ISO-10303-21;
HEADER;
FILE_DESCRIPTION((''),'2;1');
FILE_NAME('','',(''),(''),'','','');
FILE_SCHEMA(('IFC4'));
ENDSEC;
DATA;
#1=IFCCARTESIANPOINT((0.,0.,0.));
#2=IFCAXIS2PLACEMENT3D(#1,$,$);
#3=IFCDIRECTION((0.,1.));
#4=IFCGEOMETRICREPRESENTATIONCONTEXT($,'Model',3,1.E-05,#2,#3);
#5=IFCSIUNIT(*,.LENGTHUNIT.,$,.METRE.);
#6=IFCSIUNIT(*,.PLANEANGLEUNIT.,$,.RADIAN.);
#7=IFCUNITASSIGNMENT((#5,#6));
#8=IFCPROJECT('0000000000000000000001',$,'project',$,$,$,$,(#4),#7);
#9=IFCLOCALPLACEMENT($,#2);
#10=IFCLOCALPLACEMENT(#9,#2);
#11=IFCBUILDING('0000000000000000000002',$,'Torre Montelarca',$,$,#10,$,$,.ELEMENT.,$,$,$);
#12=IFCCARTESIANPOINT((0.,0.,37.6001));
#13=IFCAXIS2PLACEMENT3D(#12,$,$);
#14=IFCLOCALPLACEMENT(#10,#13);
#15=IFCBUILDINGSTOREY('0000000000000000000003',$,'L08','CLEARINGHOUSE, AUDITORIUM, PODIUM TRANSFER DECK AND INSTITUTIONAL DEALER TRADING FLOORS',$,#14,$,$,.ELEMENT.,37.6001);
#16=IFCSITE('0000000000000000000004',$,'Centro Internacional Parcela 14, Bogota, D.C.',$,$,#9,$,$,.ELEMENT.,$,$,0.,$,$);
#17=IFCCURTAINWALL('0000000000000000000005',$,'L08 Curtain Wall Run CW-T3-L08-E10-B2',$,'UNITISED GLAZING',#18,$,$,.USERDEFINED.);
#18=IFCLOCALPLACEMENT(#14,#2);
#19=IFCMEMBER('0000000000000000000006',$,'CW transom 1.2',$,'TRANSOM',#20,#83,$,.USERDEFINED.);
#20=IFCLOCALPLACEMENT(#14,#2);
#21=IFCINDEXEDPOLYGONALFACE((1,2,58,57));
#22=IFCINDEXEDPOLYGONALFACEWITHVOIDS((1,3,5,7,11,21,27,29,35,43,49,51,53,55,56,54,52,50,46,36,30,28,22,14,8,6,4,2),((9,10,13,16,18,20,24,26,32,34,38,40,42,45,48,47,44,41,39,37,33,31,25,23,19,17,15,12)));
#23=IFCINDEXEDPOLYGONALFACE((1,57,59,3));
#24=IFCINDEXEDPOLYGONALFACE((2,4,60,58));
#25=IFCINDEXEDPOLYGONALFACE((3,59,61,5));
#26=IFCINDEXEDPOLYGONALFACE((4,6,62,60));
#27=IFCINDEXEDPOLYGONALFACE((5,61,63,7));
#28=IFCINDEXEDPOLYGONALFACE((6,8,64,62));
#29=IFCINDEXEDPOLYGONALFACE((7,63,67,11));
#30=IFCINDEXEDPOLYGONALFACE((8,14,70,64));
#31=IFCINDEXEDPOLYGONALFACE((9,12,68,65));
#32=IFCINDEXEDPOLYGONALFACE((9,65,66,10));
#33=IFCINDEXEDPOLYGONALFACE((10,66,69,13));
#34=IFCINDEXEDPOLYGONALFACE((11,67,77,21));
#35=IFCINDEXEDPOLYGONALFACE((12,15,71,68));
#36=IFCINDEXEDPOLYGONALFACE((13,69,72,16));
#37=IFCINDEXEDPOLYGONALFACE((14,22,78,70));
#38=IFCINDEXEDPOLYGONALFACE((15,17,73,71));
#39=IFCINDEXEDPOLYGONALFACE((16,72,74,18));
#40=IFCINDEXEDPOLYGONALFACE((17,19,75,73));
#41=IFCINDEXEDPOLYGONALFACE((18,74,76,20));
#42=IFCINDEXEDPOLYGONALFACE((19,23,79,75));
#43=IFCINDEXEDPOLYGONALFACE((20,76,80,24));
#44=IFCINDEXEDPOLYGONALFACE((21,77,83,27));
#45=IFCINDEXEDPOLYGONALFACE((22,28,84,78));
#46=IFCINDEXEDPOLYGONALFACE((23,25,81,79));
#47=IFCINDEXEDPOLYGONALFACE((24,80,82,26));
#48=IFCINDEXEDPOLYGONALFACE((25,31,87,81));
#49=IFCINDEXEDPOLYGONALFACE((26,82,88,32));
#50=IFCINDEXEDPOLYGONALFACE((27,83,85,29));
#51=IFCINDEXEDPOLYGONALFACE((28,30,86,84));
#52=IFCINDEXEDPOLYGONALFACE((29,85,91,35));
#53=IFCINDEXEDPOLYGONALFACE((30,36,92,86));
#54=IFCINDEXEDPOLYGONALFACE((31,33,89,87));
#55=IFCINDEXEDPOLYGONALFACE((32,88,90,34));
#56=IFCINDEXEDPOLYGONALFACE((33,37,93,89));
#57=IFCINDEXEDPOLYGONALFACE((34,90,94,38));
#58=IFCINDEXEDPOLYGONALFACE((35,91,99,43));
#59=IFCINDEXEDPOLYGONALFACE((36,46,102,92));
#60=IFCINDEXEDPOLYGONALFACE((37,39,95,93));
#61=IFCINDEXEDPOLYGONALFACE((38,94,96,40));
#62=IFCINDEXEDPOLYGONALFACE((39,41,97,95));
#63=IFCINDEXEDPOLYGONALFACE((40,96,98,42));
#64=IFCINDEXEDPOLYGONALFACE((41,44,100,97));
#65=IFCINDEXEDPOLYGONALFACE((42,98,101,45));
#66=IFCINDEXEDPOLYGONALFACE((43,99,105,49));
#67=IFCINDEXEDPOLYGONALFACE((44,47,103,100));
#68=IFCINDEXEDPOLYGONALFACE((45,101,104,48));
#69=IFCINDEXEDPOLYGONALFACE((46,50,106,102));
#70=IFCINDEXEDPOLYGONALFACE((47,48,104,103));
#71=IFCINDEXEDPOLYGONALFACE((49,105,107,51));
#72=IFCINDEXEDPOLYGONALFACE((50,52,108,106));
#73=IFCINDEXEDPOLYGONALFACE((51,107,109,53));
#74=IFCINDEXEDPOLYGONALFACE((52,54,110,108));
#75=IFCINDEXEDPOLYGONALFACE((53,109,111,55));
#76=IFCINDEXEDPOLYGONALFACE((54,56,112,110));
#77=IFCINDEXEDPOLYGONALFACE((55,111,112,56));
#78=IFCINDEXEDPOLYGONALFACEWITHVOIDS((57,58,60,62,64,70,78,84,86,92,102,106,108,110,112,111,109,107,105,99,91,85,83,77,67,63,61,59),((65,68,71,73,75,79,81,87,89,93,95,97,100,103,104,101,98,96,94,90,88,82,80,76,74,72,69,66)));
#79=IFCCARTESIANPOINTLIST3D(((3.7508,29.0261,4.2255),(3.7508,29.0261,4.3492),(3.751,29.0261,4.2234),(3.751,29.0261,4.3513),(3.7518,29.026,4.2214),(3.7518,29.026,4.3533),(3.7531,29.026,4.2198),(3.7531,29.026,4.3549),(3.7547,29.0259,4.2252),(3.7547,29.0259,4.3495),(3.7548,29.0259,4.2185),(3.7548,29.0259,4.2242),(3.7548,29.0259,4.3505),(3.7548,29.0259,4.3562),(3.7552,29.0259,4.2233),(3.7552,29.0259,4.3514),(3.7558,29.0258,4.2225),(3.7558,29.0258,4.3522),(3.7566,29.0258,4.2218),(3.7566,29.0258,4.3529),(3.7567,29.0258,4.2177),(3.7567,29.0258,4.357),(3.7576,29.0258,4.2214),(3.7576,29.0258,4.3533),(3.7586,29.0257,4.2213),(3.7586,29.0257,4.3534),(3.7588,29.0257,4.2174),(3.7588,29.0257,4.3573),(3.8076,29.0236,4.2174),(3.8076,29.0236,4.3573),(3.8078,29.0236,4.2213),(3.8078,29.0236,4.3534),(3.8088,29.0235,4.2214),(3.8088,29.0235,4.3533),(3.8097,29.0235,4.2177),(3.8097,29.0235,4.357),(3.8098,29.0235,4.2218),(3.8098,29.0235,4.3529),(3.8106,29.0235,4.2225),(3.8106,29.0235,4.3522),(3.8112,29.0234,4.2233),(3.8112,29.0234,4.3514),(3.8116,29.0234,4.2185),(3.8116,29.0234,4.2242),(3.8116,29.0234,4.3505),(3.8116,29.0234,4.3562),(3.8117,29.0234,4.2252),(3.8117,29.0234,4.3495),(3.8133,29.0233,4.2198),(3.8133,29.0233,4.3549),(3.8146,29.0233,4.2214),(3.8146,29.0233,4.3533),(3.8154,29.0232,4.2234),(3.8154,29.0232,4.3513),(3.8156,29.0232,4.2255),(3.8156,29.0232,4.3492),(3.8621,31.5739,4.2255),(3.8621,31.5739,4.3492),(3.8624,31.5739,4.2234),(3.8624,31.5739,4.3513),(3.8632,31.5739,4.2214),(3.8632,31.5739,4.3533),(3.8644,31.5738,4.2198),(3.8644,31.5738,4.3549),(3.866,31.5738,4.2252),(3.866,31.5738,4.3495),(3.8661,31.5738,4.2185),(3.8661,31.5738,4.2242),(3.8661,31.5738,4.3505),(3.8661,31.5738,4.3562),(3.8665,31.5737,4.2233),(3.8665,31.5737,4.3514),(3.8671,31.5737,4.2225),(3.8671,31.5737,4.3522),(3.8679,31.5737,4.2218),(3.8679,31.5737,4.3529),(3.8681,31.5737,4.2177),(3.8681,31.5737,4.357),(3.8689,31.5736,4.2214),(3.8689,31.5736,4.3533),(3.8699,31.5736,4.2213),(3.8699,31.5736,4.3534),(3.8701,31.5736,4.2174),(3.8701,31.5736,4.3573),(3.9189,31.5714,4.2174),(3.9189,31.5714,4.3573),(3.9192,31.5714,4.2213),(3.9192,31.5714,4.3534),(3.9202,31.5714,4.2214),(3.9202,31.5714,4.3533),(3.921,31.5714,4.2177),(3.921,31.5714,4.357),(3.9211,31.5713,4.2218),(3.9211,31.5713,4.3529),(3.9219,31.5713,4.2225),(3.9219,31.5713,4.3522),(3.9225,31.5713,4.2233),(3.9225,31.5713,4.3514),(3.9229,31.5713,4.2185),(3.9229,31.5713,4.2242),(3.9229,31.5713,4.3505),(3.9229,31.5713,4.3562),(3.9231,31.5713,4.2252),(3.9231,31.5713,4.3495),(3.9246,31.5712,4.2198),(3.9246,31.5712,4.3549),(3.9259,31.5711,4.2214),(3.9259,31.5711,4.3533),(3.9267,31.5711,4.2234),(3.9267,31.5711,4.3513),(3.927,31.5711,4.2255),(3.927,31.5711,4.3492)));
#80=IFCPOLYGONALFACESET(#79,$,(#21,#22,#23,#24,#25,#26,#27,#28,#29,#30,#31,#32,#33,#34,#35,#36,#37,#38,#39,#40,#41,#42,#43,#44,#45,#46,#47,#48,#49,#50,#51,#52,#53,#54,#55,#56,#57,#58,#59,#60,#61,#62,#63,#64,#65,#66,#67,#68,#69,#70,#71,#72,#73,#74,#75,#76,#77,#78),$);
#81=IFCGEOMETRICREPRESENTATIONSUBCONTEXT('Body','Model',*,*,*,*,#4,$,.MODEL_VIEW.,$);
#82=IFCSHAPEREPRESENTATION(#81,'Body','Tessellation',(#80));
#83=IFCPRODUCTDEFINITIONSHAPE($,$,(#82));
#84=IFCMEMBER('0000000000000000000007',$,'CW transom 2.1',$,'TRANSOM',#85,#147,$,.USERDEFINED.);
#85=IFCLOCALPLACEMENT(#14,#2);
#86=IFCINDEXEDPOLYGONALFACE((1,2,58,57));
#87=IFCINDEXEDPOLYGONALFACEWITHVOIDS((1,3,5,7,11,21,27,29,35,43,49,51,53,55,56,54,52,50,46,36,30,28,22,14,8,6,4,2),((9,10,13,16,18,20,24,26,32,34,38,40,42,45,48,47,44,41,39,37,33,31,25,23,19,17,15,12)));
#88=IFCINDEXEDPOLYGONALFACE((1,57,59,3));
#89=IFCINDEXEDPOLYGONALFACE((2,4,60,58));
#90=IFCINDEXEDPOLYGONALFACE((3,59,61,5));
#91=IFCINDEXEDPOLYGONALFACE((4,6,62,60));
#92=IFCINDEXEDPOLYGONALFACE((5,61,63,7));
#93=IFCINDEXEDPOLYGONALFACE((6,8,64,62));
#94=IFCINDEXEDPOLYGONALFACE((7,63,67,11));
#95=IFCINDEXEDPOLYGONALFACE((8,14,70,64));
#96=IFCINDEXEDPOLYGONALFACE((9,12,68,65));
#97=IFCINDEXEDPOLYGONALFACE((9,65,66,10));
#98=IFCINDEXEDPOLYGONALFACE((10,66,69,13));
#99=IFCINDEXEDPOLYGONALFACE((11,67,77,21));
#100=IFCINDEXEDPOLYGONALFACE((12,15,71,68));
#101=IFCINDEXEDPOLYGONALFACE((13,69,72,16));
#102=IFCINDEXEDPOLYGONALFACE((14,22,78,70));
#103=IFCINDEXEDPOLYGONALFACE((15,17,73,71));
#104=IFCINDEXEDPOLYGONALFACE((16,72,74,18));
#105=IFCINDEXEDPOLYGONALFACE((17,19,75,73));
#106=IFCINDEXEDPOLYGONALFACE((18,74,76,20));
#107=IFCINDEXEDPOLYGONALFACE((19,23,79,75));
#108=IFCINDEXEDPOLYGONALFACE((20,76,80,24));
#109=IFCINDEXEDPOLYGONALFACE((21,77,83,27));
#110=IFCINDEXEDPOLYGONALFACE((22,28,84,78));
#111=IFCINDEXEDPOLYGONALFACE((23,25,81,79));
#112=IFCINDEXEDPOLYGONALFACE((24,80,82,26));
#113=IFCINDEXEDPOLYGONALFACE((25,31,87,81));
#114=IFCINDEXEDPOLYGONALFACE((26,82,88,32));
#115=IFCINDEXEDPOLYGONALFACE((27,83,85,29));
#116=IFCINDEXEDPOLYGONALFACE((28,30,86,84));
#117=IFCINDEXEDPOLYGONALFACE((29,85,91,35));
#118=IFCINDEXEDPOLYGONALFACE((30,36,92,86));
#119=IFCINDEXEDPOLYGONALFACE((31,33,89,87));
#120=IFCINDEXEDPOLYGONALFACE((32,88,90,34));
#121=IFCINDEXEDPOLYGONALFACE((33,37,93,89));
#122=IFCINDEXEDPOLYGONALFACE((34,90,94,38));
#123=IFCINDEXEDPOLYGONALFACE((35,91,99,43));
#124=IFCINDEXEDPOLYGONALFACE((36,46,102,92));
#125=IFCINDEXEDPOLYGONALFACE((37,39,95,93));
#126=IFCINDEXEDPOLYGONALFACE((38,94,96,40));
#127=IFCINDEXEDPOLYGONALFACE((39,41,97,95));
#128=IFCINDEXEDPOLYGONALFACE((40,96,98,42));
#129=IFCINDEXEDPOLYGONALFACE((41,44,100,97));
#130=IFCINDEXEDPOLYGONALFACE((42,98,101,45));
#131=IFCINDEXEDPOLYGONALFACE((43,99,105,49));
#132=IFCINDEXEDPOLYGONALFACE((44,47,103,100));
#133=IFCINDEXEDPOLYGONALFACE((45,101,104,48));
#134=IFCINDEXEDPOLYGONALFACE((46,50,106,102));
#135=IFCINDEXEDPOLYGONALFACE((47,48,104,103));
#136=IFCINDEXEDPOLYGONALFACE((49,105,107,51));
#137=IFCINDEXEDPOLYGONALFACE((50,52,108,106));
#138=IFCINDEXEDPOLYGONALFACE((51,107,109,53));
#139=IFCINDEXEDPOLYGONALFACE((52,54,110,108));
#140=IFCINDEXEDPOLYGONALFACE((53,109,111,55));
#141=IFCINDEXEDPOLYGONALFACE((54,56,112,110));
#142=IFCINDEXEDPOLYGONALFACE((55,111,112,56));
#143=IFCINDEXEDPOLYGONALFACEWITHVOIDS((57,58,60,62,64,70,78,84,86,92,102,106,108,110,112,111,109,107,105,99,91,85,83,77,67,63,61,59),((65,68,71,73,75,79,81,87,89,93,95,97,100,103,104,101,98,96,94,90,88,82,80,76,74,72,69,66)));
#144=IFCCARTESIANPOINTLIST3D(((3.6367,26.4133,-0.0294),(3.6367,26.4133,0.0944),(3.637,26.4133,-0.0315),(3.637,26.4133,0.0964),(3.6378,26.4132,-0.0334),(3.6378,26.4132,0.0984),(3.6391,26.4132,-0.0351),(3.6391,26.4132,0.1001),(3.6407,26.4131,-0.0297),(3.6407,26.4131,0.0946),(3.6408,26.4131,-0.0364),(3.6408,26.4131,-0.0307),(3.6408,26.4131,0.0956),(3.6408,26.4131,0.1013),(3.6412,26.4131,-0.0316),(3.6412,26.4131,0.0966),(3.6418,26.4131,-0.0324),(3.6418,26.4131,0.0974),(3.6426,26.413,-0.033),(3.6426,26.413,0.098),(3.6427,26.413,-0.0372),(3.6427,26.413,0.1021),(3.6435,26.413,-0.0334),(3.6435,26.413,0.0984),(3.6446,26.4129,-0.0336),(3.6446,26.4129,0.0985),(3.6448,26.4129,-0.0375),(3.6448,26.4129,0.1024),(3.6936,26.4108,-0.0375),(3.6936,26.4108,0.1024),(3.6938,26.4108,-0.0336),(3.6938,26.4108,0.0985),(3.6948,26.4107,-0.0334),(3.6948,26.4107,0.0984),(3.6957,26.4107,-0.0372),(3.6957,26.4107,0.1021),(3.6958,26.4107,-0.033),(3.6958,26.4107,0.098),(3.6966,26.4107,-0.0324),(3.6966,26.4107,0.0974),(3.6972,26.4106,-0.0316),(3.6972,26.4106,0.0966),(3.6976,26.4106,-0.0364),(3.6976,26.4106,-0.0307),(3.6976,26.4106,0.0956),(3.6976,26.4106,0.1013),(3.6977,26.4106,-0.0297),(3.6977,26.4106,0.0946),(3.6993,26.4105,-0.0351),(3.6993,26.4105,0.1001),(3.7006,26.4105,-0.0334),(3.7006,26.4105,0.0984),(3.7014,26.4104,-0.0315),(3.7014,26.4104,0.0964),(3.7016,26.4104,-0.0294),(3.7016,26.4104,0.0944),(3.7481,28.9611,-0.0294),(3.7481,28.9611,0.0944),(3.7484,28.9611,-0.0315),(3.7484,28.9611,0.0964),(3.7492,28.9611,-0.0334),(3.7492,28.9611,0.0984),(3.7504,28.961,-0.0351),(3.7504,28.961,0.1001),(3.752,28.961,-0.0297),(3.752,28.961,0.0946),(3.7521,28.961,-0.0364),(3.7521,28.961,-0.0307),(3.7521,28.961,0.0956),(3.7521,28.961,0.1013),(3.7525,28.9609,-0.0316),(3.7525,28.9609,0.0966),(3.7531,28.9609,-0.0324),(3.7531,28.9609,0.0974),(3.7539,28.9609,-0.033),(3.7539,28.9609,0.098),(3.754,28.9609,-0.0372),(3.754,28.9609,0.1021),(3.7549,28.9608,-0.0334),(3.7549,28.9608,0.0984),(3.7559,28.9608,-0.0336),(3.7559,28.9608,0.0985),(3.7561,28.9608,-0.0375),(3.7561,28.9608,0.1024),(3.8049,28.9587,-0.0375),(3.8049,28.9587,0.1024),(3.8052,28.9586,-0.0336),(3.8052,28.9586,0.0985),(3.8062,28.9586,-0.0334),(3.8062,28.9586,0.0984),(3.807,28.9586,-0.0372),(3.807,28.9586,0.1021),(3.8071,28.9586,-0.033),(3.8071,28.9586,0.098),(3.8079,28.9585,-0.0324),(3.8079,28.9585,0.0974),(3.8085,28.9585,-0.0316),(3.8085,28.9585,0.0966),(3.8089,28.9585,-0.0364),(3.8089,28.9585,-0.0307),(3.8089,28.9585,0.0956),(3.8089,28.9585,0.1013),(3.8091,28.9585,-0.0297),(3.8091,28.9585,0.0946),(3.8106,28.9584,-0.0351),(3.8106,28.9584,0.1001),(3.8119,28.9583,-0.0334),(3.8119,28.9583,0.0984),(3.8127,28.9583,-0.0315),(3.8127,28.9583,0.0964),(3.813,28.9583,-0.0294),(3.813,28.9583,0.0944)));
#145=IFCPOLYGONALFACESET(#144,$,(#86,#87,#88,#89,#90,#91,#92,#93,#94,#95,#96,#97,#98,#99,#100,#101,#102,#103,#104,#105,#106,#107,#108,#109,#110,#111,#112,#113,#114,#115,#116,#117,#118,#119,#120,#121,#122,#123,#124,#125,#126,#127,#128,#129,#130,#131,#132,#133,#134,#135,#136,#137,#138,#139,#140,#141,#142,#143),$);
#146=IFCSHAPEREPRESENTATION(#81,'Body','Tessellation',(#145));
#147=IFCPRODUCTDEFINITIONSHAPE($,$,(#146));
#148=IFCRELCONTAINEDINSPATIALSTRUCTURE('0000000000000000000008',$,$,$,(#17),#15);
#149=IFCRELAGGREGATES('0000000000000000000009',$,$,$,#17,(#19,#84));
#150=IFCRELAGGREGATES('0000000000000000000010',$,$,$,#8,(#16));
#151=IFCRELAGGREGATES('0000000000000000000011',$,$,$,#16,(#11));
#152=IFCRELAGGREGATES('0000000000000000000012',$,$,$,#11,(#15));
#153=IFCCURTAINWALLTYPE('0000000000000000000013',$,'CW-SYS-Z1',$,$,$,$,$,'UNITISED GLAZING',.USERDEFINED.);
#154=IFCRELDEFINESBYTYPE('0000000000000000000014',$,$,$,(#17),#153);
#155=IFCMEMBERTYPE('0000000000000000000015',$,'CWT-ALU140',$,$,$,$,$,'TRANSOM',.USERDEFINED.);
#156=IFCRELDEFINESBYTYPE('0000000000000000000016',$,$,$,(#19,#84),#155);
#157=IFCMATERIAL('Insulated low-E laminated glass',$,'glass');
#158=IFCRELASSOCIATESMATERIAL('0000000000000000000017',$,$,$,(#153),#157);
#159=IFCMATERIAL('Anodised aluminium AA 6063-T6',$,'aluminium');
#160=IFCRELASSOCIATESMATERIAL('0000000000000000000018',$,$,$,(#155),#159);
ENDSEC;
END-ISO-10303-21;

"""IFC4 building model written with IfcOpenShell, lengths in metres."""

from ifc_helpers import new_model, si_unit, direction, frame, origin, origin_2d, place, context, subcontext, project, spatial, hollow_rectangle, extrude, source, transform, mapped, material, material_profile, profile_set, type_object, element, aggregate, save


model = new_model("IFC4")

# Units and contexts
model_context = context("Model", 3, precision=1e-05, world=origin(), true_north=direction((0.0, 1.0)))
body_context = subcontext(model_context, "Body", "Model", "MODEL_VIEW")
ifc_project = project(units=[si_unit("LENGTHUNIT", "METRE"), si_unit("PLANEANGLEUNIT", "RADIAN")], contexts=[model_context])

# Site, building, storey
site_placement = place(None, origin())
site = spatial("IfcSite", under=ifc_project, at=site_placement, Name="Centro Internacional Parcela 14, Bogota, D.C.", CompositionType="ELEMENT", RefElevation=0.0)
building_placement = place(site_placement, origin())
building = spatial("IfcBuilding", under=site, at=building_placement, Name="Torre Montelarca", CompositionType="ELEMENT")
storey_placement = place(building_placement, frame((0.0, 0.0, 37.6001)))
storey = spatial("IfcBuildingStorey", under=building, at=storey_placement, Name="L08", Description="CLEARINGHOUSE, AUDITORIUM, PODIUM TRANSFER DECK AND INSTITUTIONAL DEALER TRADING FLOORS", CompositionType="ELEMENT", Elevation=37.6001)

# Shared definitions
ifc_material_1 = material(Name="Insulated low-E laminated glass", Category="glass")
curtain_wall_type = type_object("IfcCurtainWallType", Name="CW-SYS-Z1", ElementType="UNITISED GLAZING", PredefinedType="USERDEFINED", material=ifc_material_1)
ifc_material_2 = material(Name="Anodised aluminium AA 6063-T6", Category="aluminium")

# Curtain wall
curtain_wall_1_placement = place(storey_placement, origin())
curtain_wall_1 = element("IfcCurtainWall", 1, at=curtain_wall_1_placement, inside=storey, type_object=curtain_wall_type, Name="L08 Curtain Wall Run CW-T3-L08-E10-B2", ObjectType="UNITISED GLAZING", PredefinedType="USERDEFINED")

# Members
ifc_material_profile_1 = material_profile(ifc_material_2, hollow_rectangle(XDim=0.0649, YDim=0.1399, WallThickness=0.0039, InnerFilletRadius=0.0039, OuterFilletRadius=0.0081, at=origin_2d()), Name="ALU65X140X4", Category="aluminium")
ifc_profile_set_1 = profile_set([ifc_material_profile_1], Name="Anodised aluminium AA 6063-T6")
member_type_1 = type_object("IfcMemberType", Name="CWT-ALU140", ElementType="TRANSOM", PredefinedType="USERDEFINED", material=ifc_profile_set_1)
shared_shape_1 = source(origin(), body_context, "Body", "SweptSolid", [
    extrude(hollow_rectangle(XDim=0.0649, YDim=0.1399, WallThickness=0.0039, InnerFilletRadius=0.0039, OuterFilletRadius=0.0081, at=origin_2d()), origin(), (0.0, 0.0, 1.0), 2.5503),
])
member_1_placement = place(storey_placement, frame((3.8945, 31.5725, 4.2874), z_axis=(-0.043653, -0.999047, 0.0), x_axis=(0.999047, -0.043653, 0.0)))
member_1 = element("IfcMember", 2, at=member_1_placement, type_object=member_type_1, Name="CW transom 1.2", ObjectType="TRANSOM", PredefinedType="USERDEFINED", context=body_context, shape_type="MappedRepresentation", body=[
    mapped(shared_shape_1, transform((0.0, 0.0, 0.0), scale=1.0)),
])
member_2_placement = place(storey_placement, frame((3.7805, 28.9597, 0.0325), z_axis=(-0.043653, -0.999047, 0.0), x_axis=(0.999047, -0.043653, 0.0)))
member_2 = element("IfcMember", 3, at=member_2_placement, type_object=member_type_1, Name="CW transom 2.1", ObjectType="TRANSOM", PredefinedType="USERDEFINED", context=body_context, shape_type="MappedRepresentation", body=[
    mapped(shared_shape_1, transform((0.0, 0.0, 0.0), scale=1.0)),
])

aggregate(curtain_wall_1, [member_1, member_2])

save(model, "model.ifc")
